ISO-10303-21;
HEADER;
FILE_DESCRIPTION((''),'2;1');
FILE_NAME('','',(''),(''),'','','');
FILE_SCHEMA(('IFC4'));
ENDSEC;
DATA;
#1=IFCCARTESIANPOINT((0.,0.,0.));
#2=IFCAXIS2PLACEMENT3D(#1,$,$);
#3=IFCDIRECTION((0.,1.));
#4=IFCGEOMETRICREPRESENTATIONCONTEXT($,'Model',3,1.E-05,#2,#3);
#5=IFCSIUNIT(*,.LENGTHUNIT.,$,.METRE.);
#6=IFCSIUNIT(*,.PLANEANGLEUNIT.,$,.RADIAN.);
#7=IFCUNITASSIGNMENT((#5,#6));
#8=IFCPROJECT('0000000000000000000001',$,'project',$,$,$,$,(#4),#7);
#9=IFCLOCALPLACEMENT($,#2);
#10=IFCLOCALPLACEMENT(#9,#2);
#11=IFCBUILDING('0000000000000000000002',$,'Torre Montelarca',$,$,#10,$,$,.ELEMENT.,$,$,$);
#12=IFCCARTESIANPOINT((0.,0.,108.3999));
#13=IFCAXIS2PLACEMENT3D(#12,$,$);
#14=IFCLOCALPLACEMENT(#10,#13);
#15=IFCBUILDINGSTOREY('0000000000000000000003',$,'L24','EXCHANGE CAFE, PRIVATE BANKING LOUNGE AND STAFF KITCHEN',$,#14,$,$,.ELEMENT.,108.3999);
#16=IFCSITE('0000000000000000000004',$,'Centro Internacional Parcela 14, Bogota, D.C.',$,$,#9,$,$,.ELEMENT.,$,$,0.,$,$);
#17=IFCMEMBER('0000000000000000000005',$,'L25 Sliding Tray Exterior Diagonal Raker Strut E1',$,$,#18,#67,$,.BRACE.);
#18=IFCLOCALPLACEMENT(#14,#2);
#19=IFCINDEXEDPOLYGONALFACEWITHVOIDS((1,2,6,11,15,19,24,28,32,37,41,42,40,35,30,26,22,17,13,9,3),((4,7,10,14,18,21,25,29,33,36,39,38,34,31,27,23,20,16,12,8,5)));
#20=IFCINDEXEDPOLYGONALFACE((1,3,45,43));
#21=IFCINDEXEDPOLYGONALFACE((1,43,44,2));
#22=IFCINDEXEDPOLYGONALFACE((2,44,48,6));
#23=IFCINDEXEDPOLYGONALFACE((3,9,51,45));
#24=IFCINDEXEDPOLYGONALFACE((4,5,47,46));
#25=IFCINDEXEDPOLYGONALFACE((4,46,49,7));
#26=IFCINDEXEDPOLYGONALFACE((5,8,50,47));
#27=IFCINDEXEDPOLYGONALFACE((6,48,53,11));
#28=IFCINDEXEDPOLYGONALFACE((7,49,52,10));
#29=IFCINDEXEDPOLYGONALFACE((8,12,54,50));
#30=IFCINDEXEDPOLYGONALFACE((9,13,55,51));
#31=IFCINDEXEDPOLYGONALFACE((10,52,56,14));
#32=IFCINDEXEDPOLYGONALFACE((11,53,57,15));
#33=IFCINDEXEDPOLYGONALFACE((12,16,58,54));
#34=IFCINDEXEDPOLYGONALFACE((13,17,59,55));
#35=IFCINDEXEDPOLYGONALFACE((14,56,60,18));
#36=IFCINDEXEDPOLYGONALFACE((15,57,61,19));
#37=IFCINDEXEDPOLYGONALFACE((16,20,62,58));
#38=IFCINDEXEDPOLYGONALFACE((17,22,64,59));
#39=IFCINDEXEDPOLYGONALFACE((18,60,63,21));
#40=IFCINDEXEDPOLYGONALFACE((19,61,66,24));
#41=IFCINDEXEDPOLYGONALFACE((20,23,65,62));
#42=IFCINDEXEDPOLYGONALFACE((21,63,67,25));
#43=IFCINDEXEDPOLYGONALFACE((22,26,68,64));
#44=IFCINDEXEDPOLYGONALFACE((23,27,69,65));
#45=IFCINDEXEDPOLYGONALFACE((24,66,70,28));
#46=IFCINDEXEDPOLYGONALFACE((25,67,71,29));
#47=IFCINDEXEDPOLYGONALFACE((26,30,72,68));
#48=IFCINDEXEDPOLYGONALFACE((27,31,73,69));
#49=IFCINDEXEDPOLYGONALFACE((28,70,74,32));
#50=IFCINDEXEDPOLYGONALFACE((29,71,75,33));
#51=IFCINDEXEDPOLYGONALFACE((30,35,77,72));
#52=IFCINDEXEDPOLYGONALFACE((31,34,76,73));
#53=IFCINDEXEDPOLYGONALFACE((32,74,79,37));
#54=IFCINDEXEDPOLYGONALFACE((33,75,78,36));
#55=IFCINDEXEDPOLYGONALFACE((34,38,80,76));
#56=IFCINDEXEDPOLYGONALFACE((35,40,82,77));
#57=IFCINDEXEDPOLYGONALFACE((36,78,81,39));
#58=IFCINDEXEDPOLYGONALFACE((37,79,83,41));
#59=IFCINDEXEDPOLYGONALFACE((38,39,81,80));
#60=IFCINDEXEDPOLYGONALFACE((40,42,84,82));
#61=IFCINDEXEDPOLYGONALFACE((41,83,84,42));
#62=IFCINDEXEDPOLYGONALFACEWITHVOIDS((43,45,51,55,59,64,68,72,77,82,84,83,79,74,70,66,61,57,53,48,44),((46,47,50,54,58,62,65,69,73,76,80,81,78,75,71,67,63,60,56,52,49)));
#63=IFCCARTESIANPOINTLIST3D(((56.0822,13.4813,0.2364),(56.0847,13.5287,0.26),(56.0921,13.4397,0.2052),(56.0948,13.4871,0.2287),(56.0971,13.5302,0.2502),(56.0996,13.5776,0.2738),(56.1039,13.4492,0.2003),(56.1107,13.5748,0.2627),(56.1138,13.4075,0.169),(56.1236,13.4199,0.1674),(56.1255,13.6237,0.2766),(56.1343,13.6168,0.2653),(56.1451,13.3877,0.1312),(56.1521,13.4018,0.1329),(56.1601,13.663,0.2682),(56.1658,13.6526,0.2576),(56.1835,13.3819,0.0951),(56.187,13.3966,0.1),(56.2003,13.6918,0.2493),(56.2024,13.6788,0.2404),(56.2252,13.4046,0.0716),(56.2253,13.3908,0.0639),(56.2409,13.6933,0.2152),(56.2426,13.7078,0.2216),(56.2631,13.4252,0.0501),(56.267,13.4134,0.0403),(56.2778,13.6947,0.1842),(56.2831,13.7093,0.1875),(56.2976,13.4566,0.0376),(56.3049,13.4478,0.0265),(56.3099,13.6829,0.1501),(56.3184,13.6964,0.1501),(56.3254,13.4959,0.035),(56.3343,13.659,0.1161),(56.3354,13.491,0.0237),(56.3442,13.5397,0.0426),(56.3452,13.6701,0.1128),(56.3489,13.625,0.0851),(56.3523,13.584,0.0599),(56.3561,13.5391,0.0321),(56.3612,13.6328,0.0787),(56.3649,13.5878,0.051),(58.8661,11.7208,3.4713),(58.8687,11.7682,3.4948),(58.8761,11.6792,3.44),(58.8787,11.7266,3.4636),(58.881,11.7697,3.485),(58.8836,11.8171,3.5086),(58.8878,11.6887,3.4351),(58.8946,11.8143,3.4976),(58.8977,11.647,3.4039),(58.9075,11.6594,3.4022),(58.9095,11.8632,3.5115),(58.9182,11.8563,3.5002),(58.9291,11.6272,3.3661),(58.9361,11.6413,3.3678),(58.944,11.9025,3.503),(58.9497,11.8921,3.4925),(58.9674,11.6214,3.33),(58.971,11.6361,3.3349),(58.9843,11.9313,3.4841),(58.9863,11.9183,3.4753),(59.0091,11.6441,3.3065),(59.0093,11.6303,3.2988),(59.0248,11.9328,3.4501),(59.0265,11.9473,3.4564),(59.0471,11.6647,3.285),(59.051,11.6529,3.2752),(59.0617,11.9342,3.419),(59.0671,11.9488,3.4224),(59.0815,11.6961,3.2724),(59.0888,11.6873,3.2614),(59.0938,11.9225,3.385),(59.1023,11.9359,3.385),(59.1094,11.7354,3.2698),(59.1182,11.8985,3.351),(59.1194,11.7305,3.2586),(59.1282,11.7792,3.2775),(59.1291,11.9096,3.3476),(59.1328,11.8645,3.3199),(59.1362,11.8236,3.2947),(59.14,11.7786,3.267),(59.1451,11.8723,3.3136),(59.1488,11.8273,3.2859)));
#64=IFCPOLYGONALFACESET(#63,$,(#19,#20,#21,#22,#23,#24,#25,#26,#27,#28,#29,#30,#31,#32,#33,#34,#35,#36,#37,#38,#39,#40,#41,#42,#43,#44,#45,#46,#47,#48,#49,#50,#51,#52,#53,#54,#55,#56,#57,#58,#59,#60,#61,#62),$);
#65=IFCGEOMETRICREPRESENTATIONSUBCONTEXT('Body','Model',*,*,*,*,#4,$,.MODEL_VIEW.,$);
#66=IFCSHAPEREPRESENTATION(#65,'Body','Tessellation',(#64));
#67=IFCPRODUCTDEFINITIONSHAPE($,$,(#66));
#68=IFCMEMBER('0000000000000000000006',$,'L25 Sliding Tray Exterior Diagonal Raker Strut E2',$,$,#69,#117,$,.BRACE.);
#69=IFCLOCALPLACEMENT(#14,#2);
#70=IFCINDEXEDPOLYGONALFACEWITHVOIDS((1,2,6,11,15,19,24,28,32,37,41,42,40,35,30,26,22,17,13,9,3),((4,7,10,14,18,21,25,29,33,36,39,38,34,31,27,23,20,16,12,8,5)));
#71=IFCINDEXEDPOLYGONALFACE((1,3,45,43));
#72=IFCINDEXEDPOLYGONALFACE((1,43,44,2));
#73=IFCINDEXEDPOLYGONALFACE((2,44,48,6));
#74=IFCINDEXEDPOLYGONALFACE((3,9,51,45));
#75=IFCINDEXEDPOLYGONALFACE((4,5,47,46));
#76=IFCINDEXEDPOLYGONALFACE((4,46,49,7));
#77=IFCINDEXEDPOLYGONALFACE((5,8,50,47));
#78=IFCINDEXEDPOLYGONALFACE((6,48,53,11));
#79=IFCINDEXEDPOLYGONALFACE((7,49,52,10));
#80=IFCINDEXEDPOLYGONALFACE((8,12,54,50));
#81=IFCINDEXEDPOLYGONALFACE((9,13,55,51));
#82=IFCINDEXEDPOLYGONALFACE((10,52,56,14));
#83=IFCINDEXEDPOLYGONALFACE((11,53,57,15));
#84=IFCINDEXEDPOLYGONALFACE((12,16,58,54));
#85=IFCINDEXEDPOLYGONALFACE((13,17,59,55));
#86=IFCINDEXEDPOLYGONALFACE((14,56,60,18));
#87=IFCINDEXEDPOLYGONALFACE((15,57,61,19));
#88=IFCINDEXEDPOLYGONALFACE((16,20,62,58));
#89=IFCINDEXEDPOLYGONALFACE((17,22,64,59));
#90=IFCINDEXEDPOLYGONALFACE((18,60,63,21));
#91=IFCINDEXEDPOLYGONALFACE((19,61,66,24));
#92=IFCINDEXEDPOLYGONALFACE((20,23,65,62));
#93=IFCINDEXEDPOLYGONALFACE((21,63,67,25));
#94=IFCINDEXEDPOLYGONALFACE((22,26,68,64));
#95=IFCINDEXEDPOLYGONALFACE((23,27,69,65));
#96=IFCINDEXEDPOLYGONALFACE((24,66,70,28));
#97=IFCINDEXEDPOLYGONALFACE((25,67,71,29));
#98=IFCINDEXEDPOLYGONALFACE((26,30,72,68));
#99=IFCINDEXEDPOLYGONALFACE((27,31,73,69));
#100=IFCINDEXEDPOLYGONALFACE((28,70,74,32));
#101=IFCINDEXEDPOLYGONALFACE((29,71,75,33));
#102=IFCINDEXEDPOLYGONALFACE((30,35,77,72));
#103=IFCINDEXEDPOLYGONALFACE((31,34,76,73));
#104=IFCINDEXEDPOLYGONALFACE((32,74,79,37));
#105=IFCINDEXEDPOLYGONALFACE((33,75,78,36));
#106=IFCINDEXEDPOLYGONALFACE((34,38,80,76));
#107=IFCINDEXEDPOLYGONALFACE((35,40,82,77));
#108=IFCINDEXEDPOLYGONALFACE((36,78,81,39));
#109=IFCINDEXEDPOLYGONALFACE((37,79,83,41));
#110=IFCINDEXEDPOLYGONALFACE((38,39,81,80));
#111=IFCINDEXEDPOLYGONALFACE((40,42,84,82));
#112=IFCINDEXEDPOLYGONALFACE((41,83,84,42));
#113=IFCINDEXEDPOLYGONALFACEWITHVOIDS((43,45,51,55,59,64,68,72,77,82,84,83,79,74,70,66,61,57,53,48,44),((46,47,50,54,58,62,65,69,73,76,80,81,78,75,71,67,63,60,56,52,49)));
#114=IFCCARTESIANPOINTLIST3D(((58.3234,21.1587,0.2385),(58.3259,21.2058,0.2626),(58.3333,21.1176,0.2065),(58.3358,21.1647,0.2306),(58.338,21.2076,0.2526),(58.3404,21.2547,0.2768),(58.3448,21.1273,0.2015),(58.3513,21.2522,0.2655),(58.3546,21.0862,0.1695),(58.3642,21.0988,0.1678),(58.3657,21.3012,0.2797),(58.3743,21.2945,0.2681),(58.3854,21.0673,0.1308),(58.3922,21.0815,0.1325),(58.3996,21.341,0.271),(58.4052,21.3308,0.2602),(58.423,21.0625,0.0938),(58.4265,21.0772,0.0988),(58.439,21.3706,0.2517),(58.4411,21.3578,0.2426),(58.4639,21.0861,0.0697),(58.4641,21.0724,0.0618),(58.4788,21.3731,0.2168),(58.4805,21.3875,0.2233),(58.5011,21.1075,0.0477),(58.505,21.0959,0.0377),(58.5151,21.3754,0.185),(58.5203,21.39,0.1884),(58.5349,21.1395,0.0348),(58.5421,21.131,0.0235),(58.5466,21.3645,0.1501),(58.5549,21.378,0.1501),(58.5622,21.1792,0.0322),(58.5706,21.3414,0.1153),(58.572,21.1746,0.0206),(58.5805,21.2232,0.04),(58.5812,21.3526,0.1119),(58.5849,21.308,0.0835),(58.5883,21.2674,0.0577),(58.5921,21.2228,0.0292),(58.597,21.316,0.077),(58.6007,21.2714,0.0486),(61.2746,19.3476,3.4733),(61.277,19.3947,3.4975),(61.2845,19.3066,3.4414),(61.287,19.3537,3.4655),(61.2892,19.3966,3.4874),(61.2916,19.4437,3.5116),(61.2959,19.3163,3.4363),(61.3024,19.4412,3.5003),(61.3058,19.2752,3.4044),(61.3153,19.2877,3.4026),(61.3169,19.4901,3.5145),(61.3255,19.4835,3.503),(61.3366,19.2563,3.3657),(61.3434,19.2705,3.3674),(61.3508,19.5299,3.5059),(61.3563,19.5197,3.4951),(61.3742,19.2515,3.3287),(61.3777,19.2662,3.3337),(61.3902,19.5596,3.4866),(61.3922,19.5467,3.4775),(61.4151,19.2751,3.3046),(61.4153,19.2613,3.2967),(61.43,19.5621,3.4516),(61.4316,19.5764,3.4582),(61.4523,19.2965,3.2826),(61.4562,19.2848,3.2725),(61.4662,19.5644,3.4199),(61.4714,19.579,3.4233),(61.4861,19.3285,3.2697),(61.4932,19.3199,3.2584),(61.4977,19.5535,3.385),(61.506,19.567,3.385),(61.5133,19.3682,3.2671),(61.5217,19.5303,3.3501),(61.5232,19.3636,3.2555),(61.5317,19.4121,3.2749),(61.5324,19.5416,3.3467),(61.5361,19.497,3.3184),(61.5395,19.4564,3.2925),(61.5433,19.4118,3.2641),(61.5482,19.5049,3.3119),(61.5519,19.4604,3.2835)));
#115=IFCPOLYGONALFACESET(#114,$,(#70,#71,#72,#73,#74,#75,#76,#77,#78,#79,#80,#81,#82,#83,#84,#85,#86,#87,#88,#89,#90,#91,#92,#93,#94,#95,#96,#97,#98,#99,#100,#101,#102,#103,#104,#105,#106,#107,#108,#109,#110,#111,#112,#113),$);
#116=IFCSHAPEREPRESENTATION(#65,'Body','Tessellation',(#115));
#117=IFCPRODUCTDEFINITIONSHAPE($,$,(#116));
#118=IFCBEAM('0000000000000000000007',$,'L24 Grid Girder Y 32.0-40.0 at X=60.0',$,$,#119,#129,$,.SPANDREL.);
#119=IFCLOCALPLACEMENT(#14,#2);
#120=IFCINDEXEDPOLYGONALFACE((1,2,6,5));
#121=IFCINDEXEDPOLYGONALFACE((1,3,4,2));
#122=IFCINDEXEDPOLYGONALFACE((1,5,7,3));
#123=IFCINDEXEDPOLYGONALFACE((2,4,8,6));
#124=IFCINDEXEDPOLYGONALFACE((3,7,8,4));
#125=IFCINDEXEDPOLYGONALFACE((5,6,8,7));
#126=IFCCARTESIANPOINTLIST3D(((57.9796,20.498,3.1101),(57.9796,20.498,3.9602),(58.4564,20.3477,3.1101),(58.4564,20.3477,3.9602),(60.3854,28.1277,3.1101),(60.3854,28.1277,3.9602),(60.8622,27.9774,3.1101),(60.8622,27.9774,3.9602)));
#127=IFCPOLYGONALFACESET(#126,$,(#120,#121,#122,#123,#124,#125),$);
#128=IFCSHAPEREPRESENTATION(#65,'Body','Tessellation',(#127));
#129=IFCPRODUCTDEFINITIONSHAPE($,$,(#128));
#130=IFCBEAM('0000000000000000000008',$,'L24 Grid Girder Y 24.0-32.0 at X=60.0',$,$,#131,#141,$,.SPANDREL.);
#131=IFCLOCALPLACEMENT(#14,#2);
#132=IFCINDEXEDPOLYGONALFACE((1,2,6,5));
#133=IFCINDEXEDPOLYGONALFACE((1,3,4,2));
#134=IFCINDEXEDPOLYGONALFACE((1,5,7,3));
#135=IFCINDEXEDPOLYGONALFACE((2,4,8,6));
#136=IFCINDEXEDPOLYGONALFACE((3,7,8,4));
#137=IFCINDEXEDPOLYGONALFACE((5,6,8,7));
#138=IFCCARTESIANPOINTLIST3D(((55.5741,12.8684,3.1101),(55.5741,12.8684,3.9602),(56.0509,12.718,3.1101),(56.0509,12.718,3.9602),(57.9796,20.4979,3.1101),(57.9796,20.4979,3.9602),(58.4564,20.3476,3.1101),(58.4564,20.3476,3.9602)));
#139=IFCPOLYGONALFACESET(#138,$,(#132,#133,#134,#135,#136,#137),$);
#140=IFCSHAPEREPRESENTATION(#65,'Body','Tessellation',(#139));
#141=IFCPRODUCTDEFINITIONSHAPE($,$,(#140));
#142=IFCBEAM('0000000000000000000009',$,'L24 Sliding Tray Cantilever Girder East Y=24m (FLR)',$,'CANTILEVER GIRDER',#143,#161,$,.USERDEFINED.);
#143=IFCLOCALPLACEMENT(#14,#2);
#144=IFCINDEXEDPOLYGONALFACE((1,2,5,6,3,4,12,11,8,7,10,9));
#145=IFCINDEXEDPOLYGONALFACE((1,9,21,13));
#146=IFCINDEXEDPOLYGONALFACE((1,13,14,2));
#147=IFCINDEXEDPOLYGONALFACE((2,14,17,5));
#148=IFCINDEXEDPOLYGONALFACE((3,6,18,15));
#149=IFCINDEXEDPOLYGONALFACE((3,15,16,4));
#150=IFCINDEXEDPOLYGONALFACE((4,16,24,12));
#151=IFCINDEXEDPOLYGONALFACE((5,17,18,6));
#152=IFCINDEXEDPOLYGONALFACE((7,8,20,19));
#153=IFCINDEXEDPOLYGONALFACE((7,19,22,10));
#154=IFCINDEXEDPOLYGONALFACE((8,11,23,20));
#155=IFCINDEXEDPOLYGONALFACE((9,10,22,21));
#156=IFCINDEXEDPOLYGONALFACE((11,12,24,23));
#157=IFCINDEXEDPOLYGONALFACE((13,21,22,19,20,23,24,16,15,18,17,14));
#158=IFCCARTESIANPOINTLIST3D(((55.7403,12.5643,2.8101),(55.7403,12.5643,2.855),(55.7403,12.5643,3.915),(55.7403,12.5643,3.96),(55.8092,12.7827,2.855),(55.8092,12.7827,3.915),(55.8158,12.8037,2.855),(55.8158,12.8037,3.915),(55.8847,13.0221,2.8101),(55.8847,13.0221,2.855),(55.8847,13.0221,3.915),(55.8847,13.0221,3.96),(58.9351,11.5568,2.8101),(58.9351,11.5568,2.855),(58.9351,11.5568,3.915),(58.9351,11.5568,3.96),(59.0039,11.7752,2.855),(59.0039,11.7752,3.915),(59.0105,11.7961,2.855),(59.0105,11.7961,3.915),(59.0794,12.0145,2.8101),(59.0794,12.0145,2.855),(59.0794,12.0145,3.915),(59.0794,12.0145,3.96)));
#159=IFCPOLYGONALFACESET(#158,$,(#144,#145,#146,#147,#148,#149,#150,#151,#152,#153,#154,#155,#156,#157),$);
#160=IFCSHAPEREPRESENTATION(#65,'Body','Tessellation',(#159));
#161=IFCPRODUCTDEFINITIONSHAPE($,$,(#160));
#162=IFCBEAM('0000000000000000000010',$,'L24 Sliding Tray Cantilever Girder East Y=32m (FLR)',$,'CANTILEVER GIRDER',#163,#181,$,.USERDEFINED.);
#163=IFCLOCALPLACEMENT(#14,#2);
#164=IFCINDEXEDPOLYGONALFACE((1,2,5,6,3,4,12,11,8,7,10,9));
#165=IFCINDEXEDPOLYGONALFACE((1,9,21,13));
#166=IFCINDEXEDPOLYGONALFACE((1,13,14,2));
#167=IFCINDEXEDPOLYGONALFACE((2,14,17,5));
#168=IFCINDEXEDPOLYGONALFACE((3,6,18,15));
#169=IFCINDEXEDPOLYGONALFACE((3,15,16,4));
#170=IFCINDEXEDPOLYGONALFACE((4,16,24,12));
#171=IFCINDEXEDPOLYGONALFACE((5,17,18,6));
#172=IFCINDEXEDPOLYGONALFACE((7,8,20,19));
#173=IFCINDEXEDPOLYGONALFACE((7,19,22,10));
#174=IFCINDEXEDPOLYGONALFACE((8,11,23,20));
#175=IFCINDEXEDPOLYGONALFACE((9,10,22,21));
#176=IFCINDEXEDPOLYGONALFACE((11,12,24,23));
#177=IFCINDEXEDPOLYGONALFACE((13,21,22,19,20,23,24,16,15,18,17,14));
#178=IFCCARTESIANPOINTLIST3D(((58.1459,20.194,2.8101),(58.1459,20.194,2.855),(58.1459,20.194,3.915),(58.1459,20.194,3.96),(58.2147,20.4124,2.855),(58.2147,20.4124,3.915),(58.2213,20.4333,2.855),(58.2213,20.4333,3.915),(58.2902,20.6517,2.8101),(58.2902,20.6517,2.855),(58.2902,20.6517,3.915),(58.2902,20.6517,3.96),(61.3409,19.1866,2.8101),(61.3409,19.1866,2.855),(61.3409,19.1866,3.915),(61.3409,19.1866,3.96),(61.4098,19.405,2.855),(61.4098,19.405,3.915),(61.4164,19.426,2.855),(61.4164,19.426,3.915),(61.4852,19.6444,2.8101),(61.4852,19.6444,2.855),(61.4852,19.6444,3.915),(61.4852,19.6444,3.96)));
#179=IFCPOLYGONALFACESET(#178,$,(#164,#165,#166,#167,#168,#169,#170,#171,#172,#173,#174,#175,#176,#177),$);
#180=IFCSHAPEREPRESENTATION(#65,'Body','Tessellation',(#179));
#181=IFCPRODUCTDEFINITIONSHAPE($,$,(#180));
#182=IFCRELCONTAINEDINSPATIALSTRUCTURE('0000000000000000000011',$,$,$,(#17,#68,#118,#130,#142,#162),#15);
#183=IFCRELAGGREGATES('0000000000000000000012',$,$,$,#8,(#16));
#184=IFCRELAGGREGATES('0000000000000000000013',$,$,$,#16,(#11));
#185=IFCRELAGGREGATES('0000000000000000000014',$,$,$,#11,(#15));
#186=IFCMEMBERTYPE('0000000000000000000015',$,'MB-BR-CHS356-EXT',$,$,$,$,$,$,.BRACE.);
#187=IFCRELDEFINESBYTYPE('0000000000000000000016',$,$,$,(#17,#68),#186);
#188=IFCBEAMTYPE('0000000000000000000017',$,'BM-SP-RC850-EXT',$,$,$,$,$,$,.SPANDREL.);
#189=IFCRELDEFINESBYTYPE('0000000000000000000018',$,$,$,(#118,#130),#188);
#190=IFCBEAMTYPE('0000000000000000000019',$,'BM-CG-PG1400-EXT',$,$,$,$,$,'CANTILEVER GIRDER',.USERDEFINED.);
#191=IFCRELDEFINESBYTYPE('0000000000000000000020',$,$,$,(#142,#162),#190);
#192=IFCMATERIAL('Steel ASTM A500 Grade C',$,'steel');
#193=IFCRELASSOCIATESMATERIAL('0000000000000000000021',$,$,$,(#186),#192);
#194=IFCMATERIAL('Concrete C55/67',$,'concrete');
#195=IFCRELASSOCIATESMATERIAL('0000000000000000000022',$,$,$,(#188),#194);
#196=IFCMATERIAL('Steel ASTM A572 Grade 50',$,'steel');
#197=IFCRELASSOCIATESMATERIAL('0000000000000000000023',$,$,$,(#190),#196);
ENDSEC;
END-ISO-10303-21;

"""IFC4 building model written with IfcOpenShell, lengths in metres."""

from ifc_helpers import new_model, si_unit, direction, frame, origin, origin_2d, place, context, subcontext, project, spatial, rectangle, hollow_circle, i_section, extrude, source, transform, mapped, material, material_profile, profile_set, type_object, element, save


model = new_model("IFC4")

# Units and contexts
model_context = context("Model", 3, precision=1e-05, world=origin(), true_north=direction((0.0, 1.0)))
body_context = subcontext(model_context, "Body", "Model", "MODEL_VIEW")
ifc_project = project(units=[si_unit("LENGTHUNIT", "METRE"), si_unit("PLANEANGLEUNIT", "RADIAN")], contexts=[model_context])

# Site, building, storey
site_placement = place(None, origin())
site = spatial("IfcSite", under=ifc_project, at=site_placement, Name="Centro Internacional Parcela 14, Bogota, D.C.", CompositionType="ELEMENT", RefElevation=0.0)
building_placement = place(site_placement, origin())
building = spatial("IfcBuilding", under=site, at=building_placement, Name="Torre Montelarca", CompositionType="ELEMENT")
storey_placement = place(building_placement, frame((0.0, 0.0, 108.3999)))
storey = spatial("IfcBuildingStorey", under=building, at=storey_placement, Name="L24", Description="EXCHANGE CAFE, PRIVATE BANKING LOUNGE AND STAFF KITCHEN", CompositionType="ELEMENT", Elevation=108.3999)

# Members
ifc_material_1 = material(Name="Steel ASTM A500 Grade C", Category="steel")
ifc_material_profile_1 = material_profile(ifc_material_1, hollow_circle(Radius=0.1777, WallThickness=0.0159, at=origin_2d()), Name="HSS355.6X15.9", Category="steel")
ifc_profile_set_1 = profile_set([ifc_material_profile_1], Name="Steel ASTM A500 Grade C")
member_type_1 = type_object("IfcMemberType", Name="MB-BR-CHS356-EXT", PredefinedType="BRACE", material=ifc_profile_set_1)
shared_shape_1 = source(origin(), body_context, "Body", "SweptSolid", [
    extrude(hollow_circle(Radius=0.1777, WallThickness=0.0159, at=origin_2d()), origin(), (0.0, 0.0, 1.0), 4.6167),
])
member_1_placement = place(storey_placement, frame((56.2234, 13.5461, 0.1501), z_axis=(0.603013, -0.381332, 0.700686), x_axis=(0.534475, 0.845184, 0.0)))
element("IfcMember", 1, at=member_1_placement, inside=storey, type_object=member_type_1, Name="L25 Sliding Tray Exterior Diagonal Raker Strut E1", PredefinedType="BRACE", context=body_context, shape_type="MappedRepresentation", body=[
    mapped(shared_shape_1, transform((0.0, 0.0, 0.0), scale=1.0)),
])
shared_shape_2 = source(origin(), body_context, "Body", "SweptSolid", [
    extrude(hollow_circle(Radius=0.1777, WallThickness=0.0159, at=origin_2d()), origin(), (0.0, 0.0, 1.0), 4.7385),
])
member_2_placement = place(storey_placement, frame((58.4619, 21.2266, 0.1501), z_axis=(0.622804, -0.382194, 0.682673), x_axis=(0.523035, 0.852311, 0.0)))
element("IfcMember", 2, at=member_2_placement, inside=storey, type_object=member_type_1, Name="L25 Sliding Tray Exterior Diagonal Raker Strut E2", PredefinedType="BRACE", context=body_context, shape_type="MappedRepresentation", body=[
    mapped(shared_shape_2, transform((0.0, 0.0, 0.0), scale=1.0)),
])

# Beams
ifc_material_2 = material(Name="Concrete C55/67", Category="concrete")
ifc_material_profile_2 = material_profile(ifc_material_2, rectangle(XDim=0.5, YDim=0.8501, at=origin_2d()), Name="RCB500X850", Category="concrete")
ifc_profile_set_2 = profile_set([ifc_material_profile_2], Name="Concrete C55/67")
beam_type_1 = type_object("IfcBeamType", Name="BM-SP-RC850-EXT", PredefinedType="SPANDREL", material=ifc_profile_set_2)
shared_shape_3 = source(origin(), body_context, "Body", "SweptSolid", [
    extrude(rectangle(XDim=0.5, YDim=0.8501, at=origin_2d()), origin(), (0.0, 0.0, 1.0), 8.0),
])
beam_1_placement = place(storey_placement, frame((58.218, 20.4229, 3.5352), z_axis=(0.300722, 0.953712, 0.0), x_axis=(-0.953712, 0.300722, 0.0)))
element("IfcBeam", 3, at=beam_1_placement, inside=storey, type_object=beam_type_1, Name="L24 Grid Girder Y 32.0-40.0 at X=60.0", PredefinedType="SPANDREL", context=body_context, shape_type="MappedRepresentation", body=[
    mapped(shared_shape_3, transform((0.0, 0.0, 0.0), scale=1.0)),
])
shared_shape_4 = source(origin(), body_context, "Body", "SweptSolid", [
    extrude(rectangle(XDim=0.5, YDim=0.8501, at=origin_2d()), origin(), (0.0, 0.0, 1.0), 7.9998),
])
beam_2_placement = place(storey_placement, frame((55.8125, 12.7932, 3.5352), z_axis=(0.300695, 0.95372, 0.0), x_axis=(-0.95372, 0.300695, 0.0)))
element("IfcBeam", 4, at=beam_2_placement, inside=storey, type_object=beam_type_1, Name="L24 Grid Girder Y 24.0-32.0 at X=60.0", PredefinedType="SPANDREL", context=body_context, shape_type="MappedRepresentation", body=[
    mapped(shared_shape_4, transform((0.0, 0.0, 0.0), scale=1.0)),
])
ifc_material_3 = material(Name="Steel ASTM A572 Grade 50", Category="steel")
ifc_material_profile_3 = material_profile(ifc_material_3, i_section(OverallWidth=0.48, OverallDepth=1.1499, WebThickness=0.022, FlangeThickness=0.0449, at=origin_2d()), Name="PG1150X480X22X45", Category="steel")
ifc_profile_set_3 = profile_set([ifc_material_profile_3], Name="Steel ASTM A572 Grade 50")
beam_type_2 = type_object("IfcBeamType", Name="BM-CG-PG1400-EXT", ElementType="CANTILEVER GIRDER", PredefinedType="USERDEFINED", material=ifc_profile_set_3)
shared_shape_5 = source(origin(), body_context, "Body", "SweptSolid", [
    extrude(i_section(OverallWidth=0.48, OverallDepth=1.1499, WebThickness=0.022, FlangeThickness=0.0449, at=origin_2d()), origin(), (0.0, 0.0, 1.0), 3.3499),
])
beam_3_placement = place(storey_placement, frame((55.8125, 12.7932, 3.385), z_axis=(0.953696, -0.300772, 0.0), x_axis=(0.300772, 0.953696, 0.0)))
element("IfcBeam", 5, at=beam_3_placement, inside=storey, type_object=beam_type_2, Name="L24 Sliding Tray Cantilever Girder East Y=24m (FLR)", ObjectType="CANTILEVER GIRDER", PredefinedType="USERDEFINED", context=body_context, shape_type="MappedRepresentation", body=[
    mapped(shared_shape_5, transform((0.0, 0.0, 0.0), scale=1.0)),
])
shared_shape_6 = source(origin(), body_context, "Body", "SweptSolid", [
    extrude(i_section(OverallWidth=0.48, OverallDepth=1.1499, WebThickness=0.022, FlangeThickness=0.0449, at=origin_2d()), origin(), (0.0, 0.0, 1.0), 3.3501),
])
beam_4_placement = place(storey_placement, frame((58.218, 20.4229, 3.385), z_axis=(0.953724, -0.300685, 0.0), x_axis=(0.300685, 0.953724, 0.0)))
element("IfcBeam", 6, at=beam_4_placement, inside=storey, type_object=beam_type_2, Name="L24 Sliding Tray Cantilever Girder East Y=32m (FLR)", ObjectType="CANTILEVER GIRDER", PredefinedType="USERDEFINED", context=body_context, shape_type="MappedRepresentation", body=[
    mapped(shared_shape_6, transform((0.0, 0.0, 0.0), scale=1.0)),
])

save(model, "model.ifc")
